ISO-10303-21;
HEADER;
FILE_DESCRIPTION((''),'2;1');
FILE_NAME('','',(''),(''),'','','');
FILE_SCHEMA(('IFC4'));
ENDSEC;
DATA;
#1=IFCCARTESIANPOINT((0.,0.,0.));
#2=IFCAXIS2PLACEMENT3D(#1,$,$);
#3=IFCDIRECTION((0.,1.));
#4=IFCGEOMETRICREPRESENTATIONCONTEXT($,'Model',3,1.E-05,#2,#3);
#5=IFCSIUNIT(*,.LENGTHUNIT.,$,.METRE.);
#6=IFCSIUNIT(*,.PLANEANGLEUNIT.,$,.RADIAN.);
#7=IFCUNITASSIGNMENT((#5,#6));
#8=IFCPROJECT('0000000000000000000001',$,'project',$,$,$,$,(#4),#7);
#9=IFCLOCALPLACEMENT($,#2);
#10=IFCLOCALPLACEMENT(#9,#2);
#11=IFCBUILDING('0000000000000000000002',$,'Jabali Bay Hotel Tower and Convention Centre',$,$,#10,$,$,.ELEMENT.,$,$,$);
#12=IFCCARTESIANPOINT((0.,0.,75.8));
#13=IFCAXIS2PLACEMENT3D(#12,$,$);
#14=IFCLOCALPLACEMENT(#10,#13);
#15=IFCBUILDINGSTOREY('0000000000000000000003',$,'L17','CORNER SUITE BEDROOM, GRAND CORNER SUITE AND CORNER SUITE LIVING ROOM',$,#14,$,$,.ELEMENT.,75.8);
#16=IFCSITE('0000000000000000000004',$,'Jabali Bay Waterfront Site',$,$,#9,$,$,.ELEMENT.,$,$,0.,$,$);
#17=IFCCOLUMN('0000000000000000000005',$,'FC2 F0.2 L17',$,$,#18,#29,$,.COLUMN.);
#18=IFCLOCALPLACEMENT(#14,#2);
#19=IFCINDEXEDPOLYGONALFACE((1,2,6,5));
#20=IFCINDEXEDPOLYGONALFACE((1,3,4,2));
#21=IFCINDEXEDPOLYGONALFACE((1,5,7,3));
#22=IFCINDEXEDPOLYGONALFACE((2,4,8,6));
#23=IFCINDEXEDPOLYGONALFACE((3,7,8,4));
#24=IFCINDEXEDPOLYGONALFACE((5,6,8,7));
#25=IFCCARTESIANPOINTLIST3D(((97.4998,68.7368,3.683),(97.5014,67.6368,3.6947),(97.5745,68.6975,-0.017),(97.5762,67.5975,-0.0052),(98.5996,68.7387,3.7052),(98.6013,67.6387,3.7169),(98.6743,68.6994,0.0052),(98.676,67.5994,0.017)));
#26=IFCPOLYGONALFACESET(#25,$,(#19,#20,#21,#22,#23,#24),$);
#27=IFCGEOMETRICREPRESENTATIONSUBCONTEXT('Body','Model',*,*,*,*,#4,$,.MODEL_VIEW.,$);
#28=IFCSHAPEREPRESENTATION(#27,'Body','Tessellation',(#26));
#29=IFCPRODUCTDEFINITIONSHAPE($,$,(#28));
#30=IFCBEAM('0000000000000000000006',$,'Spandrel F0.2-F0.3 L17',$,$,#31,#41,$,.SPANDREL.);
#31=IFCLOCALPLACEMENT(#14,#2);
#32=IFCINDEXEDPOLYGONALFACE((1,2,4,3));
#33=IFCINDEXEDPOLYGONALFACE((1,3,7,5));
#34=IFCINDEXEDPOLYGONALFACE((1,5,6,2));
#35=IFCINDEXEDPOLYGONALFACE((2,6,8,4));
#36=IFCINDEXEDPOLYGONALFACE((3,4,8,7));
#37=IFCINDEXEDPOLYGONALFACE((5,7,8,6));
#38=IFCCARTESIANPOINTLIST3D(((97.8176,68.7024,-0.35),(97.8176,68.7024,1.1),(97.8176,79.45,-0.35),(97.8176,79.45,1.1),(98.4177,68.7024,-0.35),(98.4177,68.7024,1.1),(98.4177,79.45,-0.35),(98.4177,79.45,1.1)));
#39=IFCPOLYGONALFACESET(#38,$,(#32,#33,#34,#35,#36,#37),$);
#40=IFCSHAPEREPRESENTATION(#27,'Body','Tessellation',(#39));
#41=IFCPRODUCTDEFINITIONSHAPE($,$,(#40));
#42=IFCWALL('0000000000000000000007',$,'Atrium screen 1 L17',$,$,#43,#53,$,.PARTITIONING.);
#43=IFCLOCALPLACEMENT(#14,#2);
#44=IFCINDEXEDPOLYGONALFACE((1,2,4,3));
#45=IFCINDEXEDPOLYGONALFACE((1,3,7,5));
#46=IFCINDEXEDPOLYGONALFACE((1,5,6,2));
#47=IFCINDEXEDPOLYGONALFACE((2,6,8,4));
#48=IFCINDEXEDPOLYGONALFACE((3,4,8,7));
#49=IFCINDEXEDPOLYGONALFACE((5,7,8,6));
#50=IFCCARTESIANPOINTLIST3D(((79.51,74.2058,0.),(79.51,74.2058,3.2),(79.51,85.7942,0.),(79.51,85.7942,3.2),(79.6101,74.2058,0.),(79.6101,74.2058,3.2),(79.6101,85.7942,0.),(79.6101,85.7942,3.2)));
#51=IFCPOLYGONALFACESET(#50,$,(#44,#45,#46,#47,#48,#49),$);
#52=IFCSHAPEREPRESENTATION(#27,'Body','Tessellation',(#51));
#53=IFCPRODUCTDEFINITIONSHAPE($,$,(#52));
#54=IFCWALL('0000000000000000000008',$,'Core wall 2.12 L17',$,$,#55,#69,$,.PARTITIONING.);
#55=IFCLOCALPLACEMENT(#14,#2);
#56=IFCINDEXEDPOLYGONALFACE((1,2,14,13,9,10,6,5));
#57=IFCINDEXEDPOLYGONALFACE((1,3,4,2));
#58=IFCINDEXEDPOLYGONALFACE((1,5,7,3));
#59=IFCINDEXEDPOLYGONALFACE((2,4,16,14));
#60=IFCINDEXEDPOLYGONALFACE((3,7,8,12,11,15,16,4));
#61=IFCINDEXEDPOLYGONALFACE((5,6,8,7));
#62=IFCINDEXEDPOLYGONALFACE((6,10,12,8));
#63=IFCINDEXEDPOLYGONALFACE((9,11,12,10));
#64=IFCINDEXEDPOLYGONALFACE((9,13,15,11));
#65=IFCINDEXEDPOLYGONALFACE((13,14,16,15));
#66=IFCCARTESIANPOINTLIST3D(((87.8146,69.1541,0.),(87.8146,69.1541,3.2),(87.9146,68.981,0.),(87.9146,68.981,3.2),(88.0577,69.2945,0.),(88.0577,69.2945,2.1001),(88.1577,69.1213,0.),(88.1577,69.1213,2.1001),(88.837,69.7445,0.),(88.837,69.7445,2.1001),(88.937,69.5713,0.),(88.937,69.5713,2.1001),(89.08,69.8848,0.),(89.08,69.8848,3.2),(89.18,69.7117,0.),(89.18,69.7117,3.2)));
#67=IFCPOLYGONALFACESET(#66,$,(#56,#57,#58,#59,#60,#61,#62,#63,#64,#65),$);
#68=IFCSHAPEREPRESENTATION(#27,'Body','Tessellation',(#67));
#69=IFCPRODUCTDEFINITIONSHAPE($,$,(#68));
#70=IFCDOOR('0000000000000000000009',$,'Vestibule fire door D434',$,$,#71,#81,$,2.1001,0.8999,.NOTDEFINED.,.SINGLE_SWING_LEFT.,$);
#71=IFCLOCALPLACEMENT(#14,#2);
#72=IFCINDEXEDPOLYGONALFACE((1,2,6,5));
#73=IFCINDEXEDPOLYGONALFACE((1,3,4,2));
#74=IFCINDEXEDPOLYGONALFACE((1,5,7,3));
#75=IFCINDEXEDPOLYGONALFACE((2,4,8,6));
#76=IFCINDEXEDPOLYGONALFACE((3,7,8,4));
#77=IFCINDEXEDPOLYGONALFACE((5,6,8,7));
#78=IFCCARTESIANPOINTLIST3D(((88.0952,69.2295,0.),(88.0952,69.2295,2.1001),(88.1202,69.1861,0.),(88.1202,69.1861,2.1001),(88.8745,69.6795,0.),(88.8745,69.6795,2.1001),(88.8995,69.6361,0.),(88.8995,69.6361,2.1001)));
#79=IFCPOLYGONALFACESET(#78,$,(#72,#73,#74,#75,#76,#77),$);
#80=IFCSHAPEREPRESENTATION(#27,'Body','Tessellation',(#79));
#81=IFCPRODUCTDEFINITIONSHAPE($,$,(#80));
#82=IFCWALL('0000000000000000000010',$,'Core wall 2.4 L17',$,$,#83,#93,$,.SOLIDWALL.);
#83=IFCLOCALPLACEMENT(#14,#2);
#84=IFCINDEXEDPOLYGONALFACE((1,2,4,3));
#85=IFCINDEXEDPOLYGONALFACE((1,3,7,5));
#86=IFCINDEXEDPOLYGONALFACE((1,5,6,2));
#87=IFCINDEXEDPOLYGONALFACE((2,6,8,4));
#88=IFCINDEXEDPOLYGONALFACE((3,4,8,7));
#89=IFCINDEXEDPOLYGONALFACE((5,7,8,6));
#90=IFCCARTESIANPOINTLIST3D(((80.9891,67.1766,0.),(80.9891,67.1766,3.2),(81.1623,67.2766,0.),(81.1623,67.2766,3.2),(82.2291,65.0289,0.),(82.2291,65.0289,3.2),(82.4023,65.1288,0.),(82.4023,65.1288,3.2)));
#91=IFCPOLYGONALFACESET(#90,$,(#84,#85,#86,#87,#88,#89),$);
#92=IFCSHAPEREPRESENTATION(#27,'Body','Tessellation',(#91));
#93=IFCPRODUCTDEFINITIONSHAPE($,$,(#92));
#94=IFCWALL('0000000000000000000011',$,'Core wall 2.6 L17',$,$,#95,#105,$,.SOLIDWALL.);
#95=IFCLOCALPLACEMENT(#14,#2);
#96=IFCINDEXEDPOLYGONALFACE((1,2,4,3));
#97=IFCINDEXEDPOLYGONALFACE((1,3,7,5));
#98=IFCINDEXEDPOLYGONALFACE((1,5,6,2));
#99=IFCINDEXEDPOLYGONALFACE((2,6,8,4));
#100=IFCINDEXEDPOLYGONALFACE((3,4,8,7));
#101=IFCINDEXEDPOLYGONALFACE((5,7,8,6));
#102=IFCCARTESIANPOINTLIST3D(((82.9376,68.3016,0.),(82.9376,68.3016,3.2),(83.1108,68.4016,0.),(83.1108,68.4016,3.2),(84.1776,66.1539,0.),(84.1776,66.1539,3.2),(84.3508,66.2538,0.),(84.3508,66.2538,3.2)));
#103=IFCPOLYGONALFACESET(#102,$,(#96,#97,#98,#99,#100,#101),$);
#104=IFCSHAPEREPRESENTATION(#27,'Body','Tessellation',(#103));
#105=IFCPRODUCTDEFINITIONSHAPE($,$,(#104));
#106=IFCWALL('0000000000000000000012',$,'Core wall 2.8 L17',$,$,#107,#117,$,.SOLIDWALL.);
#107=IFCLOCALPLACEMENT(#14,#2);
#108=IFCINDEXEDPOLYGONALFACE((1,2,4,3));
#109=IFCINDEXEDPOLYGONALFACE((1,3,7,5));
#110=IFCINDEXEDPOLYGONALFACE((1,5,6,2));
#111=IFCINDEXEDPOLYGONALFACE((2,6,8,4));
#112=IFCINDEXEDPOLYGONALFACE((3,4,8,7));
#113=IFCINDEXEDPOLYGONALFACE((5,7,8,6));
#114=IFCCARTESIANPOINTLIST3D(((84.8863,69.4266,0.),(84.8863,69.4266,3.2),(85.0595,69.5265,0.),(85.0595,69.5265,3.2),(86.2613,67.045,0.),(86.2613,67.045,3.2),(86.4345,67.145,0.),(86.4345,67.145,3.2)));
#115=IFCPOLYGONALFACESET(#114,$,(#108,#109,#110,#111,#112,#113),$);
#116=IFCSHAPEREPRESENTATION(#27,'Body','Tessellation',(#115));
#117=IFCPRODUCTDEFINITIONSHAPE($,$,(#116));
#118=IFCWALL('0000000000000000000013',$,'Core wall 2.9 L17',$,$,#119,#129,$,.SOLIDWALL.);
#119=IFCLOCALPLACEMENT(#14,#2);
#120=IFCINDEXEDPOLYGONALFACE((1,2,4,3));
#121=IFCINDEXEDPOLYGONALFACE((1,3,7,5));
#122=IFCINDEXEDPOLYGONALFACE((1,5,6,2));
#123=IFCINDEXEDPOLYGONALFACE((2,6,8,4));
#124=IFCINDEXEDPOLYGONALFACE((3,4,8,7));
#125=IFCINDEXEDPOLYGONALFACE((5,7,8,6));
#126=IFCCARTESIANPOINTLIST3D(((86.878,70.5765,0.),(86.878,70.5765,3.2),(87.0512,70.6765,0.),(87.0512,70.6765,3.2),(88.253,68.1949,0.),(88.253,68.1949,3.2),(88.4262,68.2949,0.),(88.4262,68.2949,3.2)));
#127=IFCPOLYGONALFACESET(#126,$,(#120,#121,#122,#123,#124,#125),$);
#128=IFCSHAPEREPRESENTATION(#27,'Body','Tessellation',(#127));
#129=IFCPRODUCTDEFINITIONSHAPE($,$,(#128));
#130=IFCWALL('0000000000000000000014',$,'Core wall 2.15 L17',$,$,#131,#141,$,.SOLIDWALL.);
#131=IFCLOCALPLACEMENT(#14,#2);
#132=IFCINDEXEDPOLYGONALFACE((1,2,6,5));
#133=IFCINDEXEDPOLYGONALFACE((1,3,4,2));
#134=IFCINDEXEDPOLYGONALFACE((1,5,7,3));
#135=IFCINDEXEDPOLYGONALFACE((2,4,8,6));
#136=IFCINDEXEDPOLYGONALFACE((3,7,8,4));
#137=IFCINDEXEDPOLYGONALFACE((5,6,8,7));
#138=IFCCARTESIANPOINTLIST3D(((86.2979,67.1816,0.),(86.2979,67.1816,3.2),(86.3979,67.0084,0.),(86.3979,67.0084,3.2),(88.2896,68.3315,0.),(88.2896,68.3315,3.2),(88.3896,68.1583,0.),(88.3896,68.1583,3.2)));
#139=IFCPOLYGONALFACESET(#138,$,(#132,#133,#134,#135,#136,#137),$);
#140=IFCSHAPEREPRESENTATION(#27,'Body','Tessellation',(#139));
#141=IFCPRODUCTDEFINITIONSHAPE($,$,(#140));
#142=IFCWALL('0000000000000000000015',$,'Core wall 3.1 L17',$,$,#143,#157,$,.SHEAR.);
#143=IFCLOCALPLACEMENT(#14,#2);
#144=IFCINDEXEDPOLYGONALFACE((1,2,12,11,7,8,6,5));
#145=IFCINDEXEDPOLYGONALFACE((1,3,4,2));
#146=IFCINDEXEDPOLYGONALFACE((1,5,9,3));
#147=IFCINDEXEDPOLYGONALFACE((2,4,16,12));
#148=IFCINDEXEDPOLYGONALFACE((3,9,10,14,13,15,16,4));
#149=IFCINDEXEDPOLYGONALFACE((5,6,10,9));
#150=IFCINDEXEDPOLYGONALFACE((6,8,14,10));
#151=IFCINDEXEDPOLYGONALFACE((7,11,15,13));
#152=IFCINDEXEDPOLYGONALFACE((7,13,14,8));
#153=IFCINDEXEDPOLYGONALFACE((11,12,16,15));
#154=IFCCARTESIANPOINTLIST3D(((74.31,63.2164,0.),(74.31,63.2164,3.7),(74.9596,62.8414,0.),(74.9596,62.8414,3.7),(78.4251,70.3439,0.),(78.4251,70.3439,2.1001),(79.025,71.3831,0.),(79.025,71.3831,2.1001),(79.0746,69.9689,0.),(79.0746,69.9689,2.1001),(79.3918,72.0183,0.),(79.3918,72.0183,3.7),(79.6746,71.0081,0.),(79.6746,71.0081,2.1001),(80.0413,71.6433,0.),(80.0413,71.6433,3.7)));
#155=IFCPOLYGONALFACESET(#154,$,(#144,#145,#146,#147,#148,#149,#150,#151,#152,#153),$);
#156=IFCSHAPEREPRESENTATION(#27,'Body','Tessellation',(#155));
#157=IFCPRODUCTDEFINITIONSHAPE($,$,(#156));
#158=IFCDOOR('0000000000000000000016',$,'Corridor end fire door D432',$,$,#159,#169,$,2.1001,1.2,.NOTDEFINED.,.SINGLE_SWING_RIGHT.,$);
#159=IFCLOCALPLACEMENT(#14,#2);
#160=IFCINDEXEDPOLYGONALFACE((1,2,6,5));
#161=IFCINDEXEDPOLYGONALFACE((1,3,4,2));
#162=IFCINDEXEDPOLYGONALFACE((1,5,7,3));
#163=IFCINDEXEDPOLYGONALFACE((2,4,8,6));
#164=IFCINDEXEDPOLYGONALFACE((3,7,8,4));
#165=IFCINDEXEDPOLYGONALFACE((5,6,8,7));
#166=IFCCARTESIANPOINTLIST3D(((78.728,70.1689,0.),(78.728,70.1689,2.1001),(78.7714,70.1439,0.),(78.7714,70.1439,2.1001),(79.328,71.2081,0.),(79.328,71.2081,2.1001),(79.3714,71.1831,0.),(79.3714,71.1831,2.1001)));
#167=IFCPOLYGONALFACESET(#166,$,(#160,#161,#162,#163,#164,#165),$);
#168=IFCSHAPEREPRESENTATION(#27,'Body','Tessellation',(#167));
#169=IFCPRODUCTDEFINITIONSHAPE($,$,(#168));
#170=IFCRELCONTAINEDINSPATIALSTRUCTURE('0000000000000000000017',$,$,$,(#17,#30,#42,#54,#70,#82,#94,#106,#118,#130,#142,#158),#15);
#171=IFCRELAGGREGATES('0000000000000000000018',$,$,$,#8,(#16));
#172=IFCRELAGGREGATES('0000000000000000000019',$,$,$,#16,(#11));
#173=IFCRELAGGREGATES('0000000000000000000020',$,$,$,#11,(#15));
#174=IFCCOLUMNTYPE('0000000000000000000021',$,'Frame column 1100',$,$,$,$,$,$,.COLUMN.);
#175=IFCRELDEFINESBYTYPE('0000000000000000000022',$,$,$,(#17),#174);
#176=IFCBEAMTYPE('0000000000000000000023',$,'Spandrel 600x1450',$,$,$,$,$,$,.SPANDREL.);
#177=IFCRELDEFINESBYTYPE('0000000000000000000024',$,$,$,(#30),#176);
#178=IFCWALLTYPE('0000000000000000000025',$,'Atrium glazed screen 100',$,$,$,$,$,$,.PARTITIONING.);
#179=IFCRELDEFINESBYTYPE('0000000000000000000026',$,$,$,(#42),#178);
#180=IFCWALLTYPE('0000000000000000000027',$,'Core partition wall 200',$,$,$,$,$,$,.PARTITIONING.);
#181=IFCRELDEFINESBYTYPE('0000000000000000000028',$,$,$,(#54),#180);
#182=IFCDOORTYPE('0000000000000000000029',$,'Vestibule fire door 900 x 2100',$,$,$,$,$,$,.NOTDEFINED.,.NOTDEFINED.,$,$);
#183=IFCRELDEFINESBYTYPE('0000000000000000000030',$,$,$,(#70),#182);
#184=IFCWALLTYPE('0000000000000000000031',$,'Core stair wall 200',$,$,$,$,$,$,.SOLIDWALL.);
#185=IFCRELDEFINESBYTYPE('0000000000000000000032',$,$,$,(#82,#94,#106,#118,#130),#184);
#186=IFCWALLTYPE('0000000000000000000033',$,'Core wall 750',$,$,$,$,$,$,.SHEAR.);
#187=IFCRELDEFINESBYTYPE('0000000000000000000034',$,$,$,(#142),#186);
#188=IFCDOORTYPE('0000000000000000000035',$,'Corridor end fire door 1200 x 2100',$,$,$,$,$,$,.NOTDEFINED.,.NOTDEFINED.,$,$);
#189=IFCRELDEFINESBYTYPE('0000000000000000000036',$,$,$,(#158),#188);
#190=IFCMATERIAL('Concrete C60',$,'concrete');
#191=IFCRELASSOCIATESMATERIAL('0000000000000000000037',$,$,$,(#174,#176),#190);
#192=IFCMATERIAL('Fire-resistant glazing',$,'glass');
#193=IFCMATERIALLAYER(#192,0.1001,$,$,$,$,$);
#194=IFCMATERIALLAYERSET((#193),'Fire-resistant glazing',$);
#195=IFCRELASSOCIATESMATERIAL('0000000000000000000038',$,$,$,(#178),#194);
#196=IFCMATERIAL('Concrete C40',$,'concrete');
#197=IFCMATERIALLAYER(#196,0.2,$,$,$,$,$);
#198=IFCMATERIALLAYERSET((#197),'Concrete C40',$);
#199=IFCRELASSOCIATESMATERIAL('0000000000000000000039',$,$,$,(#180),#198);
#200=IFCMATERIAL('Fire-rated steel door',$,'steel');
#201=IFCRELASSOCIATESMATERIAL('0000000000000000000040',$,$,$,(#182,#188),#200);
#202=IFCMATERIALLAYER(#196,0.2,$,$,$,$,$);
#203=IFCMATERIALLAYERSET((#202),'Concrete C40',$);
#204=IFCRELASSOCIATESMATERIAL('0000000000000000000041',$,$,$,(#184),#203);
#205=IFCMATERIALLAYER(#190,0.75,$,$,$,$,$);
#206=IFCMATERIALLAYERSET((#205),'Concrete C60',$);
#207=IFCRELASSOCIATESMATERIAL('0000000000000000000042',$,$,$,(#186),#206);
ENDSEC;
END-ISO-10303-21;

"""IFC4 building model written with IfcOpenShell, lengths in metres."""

from ifc_helpers import new_model, si_unit, direction, frame, frame_2d, origin, origin_2d, place, context, subcontext, project, spatial, rectangle, extrude, material, layer, layer_set, material_profile, profile_set, type_object, element, fill, save


model = new_model("IFC4")

# Units and contexts
model_context = context("Model", 3, precision=1e-05, world=origin(), true_north=direction((0.0, 1.0)))
body_context = subcontext(model_context, "Body", "Model", "MODEL_VIEW")
ifc_project = project(units=[si_unit("LENGTHUNIT", "METRE"), si_unit("PLANEANGLEUNIT", "RADIAN")], contexts=[model_context])

# Site, building, storey
site_placement = place(None, origin())
site = spatial("IfcSite", under=ifc_project, at=site_placement, Name="Jabali Bay Waterfront Site", CompositionType="ELEMENT", RefElevation=0.0)
building_placement = place(site_placement, origin())
building = spatial("IfcBuilding", under=site, at=building_placement, Name="Jabali Bay Hotel Tower and Convention Centre", CompositionType="ELEMENT")
storey_placement = place(building_placement, frame((0.0, 0.0, 75.8)))
storey = spatial("IfcBuildingStorey", under=building, at=storey_placement, Name="L17", Description="CORNER SUITE BEDROOM, GRAND CORNER SUITE AND CORNER SUITE LIVING ROOM", CompositionType="ELEMENT", Elevation=75.8)

# Column
ifc_material_1 = material(Name="Concrete C60", Category="concrete")
ifc_material_profile_1 = material_profile(ifc_material_1, rectangle(XDim=1.1001, YDim=1.1001, at=origin_2d()), Name="Frame column 1100")
ifc_profile_set_1 = profile_set([ifc_material_profile_1], Name="Concrete C60")
column_type = type_object("IfcColumnType", Name="Frame column 1100", PredefinedType="COLUMN", material=ifc_profile_set_1)
column_placement = place(storey_placement, frame((98.1252, 68.1484, 0.0), z_axis=(-0.020186, 0.010621, 0.99974), x_axis=(0.001533, -0.999942, 0.010654)))
element("IfcColumn", 1, at=column_placement, inside=storey, type_object=column_type, Name="FC2 F0.2 L17", PredefinedType="COLUMN", context=body_context, shape_type="SweptSolid", body=[
    extrude(rectangle(XDim=1.1001, YDim=1.1001, at=origin_2d()), origin(), (0.0, 0.0, 1.0), 3.7009),
])

# Beam
ifc_material_profile_2 = material_profile(ifc_material_1, rectangle(XDim=0.6001, YDim=1.45, at=origin_2d()), Name="Spandrel 600x1450")
ifc_profile_set_2 = profile_set([ifc_material_profile_2], Name="Concrete C60")
beam_type = type_object("IfcBeamType", Name="Spandrel 600x1450", PredefinedType="SPANDREL", material=ifc_profile_set_2)
beam_placement = place(storey_placement, frame((98.1177, 68.7024, 0.375), z_axis=(0.0, 1.0, 0.0), x_axis=(-1.0, 0.0, 0.0)))
element("IfcBeam", 2, at=beam_placement, inside=storey, type_object=beam_type, Name="Spandrel F0.2-F0.3 L17", PredefinedType="SPANDREL", context=body_context, shape_type="SweptSolid", body=[
    extrude(rectangle(XDim=0.6001, YDim=1.45, at=origin_2d()), origin(), (0.0, 0.0, 1.0), 10.7476),
])

# Wall
ifc_material_2 = material(Name="Fire-resistant glazing", Category="glass")
ifc_layer_1 = layer(ifc_material_2, 0.1001)
ifc_layer_set_1 = layer_set([ifc_layer_1], Name="Fire-resistant glazing")
wall_type_1 = type_object("IfcWallType", Name="Atrium glazed screen 100", PredefinedType="PARTITIONING", material=ifc_layer_set_1)
wall_1_placement = place(storey_placement, frame((79.5601, 74.2058, 0.0), z_axis=(0.0, 0.0, 1.0), x_axis=(0.0, 1.0, 0.0)))
element("IfcWall", 3, at=wall_1_placement, inside=storey, type_object=wall_type_1, Name="Atrium screen 1 L17", PredefinedType="PARTITIONING", context=body_context, shape_type="SweptSolid", body=[
    extrude(rectangle(XDim=11.5884, YDim=0.1001, at=frame_2d((5.7942, 0.0))), origin(), (0.0, 0.0, 1.0), 3.2),
])

# Wall, opening, door
ifc_material_3 = material(Name="Concrete C40", Category="concrete")
ifc_layer_2 = layer(ifc_material_3, 0.2)
ifc_layer_set_2 = layer_set([ifc_layer_2], Name="Concrete C40")
wall_type_2 = type_object("IfcWallType", Name="Core partition wall 200", PredefinedType="PARTITIONING", material=ifc_layer_set_2)
wall_2_placement = place(storey_placement, frame((87.8647, 69.0676, 0.0), z_axis=(0.0, 0.0, 1.0), x_axis=(0.865982, 0.500074, 0.0)))
wall_2 = element("IfcWall", 4, at=wall_2_placement, inside=storey, type_object=wall_type_2, Name="Core wall 2.12 L17", PredefinedType="PARTITIONING", context=body_context, shape_type="SweptSolid", body=[
    extrude(rectangle(XDim=1.4612, YDim=0.2, at=frame_2d((0.7305, 0.0))), origin(), (0.0, 0.0, 1.0), 3.2),
])
opening_1_placement = place(wall_2_placement, frame((0.2805, 0.0, 0.0)))
opening_1 = element("IfcOpeningElement", 5, at=opening_1_placement, cuts=wall_2, PredefinedType="OPENING", context=body_context, shape_type="SweptSolid", body=[
    extrude(rectangle(XDim=0.8999, YDim=2.1001, at=frame_2d((0.45, 1.05))), frame((0.0, 0.1104, 0.0), z_axis=(0.0, -1.0, 0.0), x_axis=(1.0, 0.0, 0.0)), (0.0, 0.0, 1.0), 0.2209),
])
ifc_material_4 = material(Name="Fire-rated steel door", Category="steel")
door_type_1 = type_object("IfcDoorType", Name="Vestibule fire door 900 x 2100", OperationType="NOTDEFINED", PredefinedType="NOTDEFINED", material=ifc_material_4)
door_1_placement = place(opening_1_placement, origin())
door_1 = element("IfcDoor", 6, at=door_1_placement, inside=storey, type_object=door_type_1, Name="Vestibule fire door D434", OperationType="SINGLE_SWING_LEFT", OverallHeight=2.1001, OverallWidth=0.8999, PredefinedType="NOTDEFINED", context=body_context, shape_type="SweptSolid", body=[
    extrude(rectangle(XDim=0.8999, YDim=2.1001, at=frame_2d((0.45, 1.05))), frame((0.0, 0.0249, 0.0), z_axis=(0.0, -1.0, 0.0), x_axis=(1.0, 0.0, 0.0)), (0.0, 0.0, 1.0), 0.05),
])
fill(opening_1, door_1)

# Walls
ifc_layer_3 = layer(ifc_material_3, 0.2)
ifc_layer_set_3 = layer_set([ifc_layer_3], Name="Concrete C40")
wall_type_3 = type_object("IfcWallType", Name="Core stair wall 200", PredefinedType="SOLIDWALL", material=ifc_layer_set_3)
for number, where, z_axis, x_axis, name in (
    (7, (81.0757, 67.2266, 0.0), (0.0, 0.0, 1.0), (0.500004, -0.866023, 0.0), "Core wall 2.4 L17"),
    (8, (83.0242, 68.3516, 0.0), (0.0, 0.0, 1.0), (0.500004, -0.866023, 0.0), "Core wall 2.6 L17"),
):
    element("IfcWall", number, at=place(storey_placement, frame(where, z_axis=z_axis, x_axis=x_axis)), inside=storey, type_object=wall_type_3, Name=name, PredefinedType="SOLIDWALL", context=body_context, shape_type="SweptSolid", body=[
        extrude(rectangle(XDim=2.48, YDim=0.2, at=frame_2d((1.24, 0.0))), origin(), (0.0, 0.0, 1.0), 3.2),
    ])
for number, where, z_axis, x_axis, name in (
    (9, (84.9729, 69.4766, 0.0), (0.0, 0.0, 1.0), (0.499997, -0.866027, 0.0), "Core wall 2.8 L17"),
    (10, (86.9646, 70.6265, 0.0), (0.0, 0.0, 1.0), (0.499997, -0.866027, 0.0), "Core wall 2.9 L17"),
):
    element("IfcWall", number, at=place(storey_placement, frame(where, z_axis=z_axis, x_axis=x_axis)), inside=storey, type_object=wall_type_3, Name=name, PredefinedType="SOLIDWALL", context=body_context, shape_type="SweptSolid", body=[
        extrude(rectangle(XDim=2.75, YDim=0.2, at=frame_2d((1.375, 0.0))), origin(), (0.0, 0.0, 1.0), 3.2),
    ])
wall_3_placement = place(storey_placement, frame((86.3479, 67.095, 0.0), z_axis=(0.0, 0.0, 1.0), x_axis=(0.866026, 0.499998, 0.0)))
element("IfcWall", 11, at=wall_3_placement, inside=storey, type_object=wall_type_3, Name="Core wall 2.15 L17", PredefinedType="SOLIDWALL", context=body_context, shape_type="SweptSolid", body=[
    extrude(rectangle(XDim=2.2998, YDim=0.2, at=frame_2d((1.1499, 0.0))), origin(), (0.0, 0.0, 1.0), 3.2),
])

# Wall, opening, door
ifc_layer_4 = layer(ifc_material_1, 0.75)
ifc_layer_set_4 = layer_set([ifc_layer_4], Name="Concrete C60")
wall_type_4 = type_object("IfcWallType", Name="Core wall 750", PredefinedType="SHEAR", material=ifc_layer_set_4)
wall_4_placement = place(storey_placement, frame((79.7166, 71.8308, 0.0), z_axis=(0.0, 0.0, 1.0), x_axis=(-0.499996, -0.866028, 0.0)))
wall_4 = element("IfcWall", 12, at=wall_4_placement, inside=storey, type_object=wall_type_4, Name="Core wall 3.1 L17", PredefinedType="SHEAR", context=body_context, shape_type="SweptSolid", body=[
    extrude(rectangle(XDim=10.1636, YDim=0.75, at=frame_2d((5.0818, 0.0))), origin(), (0.0, 0.0, 1.0), 3.7),
])
opening_2_placement = place(wall_4_placement, frame((0.7334, 0.0, 0.0)))
opening_2 = element("IfcOpeningElement", 13, at=opening_2_placement, cuts=wall_4, PredefinedType="OPENING", context=body_context, shape_type="SweptSolid", body=[
    extrude(rectangle(XDim=1.2, YDim=2.1001, at=frame_2d((0.6001, 1.05))), frame((0.0, 0.3855, 0.0), z_axis=(0.0, -1.0, 0.0), x_axis=(1.0, 0.0, 0.0)), (0.0, 0.0, 1.0), 0.771),
])
door_type_2 = type_object("IfcDoorType", Name="Corridor end fire door 1200 x 2100", OperationType="NOTDEFINED", PredefinedType="NOTDEFINED", material=ifc_material_4)
door_2_placement = place(opening_2_placement, origin())
door_2 = element("IfcDoor", 14, at=door_2_placement, inside=storey, type_object=door_type_2, Name="Corridor end fire door D432", OperationType="SINGLE_SWING_RIGHT", OverallHeight=2.1001, OverallWidth=1.2, PredefinedType="NOTDEFINED", context=body_context, shape_type="SweptSolid", body=[
    extrude(rectangle(XDim=1.2, YDim=2.1001, at=frame_2d((0.6001, 1.05))), frame((0.0, 0.0249, 0.0), z_axis=(0.0, -1.0, 0.0), x_axis=(1.0, 0.0, 0.0)), (0.0, 0.0, 1.0), 0.05),
])
fill(opening_2, door_2)

save(model, "model.ifc")
